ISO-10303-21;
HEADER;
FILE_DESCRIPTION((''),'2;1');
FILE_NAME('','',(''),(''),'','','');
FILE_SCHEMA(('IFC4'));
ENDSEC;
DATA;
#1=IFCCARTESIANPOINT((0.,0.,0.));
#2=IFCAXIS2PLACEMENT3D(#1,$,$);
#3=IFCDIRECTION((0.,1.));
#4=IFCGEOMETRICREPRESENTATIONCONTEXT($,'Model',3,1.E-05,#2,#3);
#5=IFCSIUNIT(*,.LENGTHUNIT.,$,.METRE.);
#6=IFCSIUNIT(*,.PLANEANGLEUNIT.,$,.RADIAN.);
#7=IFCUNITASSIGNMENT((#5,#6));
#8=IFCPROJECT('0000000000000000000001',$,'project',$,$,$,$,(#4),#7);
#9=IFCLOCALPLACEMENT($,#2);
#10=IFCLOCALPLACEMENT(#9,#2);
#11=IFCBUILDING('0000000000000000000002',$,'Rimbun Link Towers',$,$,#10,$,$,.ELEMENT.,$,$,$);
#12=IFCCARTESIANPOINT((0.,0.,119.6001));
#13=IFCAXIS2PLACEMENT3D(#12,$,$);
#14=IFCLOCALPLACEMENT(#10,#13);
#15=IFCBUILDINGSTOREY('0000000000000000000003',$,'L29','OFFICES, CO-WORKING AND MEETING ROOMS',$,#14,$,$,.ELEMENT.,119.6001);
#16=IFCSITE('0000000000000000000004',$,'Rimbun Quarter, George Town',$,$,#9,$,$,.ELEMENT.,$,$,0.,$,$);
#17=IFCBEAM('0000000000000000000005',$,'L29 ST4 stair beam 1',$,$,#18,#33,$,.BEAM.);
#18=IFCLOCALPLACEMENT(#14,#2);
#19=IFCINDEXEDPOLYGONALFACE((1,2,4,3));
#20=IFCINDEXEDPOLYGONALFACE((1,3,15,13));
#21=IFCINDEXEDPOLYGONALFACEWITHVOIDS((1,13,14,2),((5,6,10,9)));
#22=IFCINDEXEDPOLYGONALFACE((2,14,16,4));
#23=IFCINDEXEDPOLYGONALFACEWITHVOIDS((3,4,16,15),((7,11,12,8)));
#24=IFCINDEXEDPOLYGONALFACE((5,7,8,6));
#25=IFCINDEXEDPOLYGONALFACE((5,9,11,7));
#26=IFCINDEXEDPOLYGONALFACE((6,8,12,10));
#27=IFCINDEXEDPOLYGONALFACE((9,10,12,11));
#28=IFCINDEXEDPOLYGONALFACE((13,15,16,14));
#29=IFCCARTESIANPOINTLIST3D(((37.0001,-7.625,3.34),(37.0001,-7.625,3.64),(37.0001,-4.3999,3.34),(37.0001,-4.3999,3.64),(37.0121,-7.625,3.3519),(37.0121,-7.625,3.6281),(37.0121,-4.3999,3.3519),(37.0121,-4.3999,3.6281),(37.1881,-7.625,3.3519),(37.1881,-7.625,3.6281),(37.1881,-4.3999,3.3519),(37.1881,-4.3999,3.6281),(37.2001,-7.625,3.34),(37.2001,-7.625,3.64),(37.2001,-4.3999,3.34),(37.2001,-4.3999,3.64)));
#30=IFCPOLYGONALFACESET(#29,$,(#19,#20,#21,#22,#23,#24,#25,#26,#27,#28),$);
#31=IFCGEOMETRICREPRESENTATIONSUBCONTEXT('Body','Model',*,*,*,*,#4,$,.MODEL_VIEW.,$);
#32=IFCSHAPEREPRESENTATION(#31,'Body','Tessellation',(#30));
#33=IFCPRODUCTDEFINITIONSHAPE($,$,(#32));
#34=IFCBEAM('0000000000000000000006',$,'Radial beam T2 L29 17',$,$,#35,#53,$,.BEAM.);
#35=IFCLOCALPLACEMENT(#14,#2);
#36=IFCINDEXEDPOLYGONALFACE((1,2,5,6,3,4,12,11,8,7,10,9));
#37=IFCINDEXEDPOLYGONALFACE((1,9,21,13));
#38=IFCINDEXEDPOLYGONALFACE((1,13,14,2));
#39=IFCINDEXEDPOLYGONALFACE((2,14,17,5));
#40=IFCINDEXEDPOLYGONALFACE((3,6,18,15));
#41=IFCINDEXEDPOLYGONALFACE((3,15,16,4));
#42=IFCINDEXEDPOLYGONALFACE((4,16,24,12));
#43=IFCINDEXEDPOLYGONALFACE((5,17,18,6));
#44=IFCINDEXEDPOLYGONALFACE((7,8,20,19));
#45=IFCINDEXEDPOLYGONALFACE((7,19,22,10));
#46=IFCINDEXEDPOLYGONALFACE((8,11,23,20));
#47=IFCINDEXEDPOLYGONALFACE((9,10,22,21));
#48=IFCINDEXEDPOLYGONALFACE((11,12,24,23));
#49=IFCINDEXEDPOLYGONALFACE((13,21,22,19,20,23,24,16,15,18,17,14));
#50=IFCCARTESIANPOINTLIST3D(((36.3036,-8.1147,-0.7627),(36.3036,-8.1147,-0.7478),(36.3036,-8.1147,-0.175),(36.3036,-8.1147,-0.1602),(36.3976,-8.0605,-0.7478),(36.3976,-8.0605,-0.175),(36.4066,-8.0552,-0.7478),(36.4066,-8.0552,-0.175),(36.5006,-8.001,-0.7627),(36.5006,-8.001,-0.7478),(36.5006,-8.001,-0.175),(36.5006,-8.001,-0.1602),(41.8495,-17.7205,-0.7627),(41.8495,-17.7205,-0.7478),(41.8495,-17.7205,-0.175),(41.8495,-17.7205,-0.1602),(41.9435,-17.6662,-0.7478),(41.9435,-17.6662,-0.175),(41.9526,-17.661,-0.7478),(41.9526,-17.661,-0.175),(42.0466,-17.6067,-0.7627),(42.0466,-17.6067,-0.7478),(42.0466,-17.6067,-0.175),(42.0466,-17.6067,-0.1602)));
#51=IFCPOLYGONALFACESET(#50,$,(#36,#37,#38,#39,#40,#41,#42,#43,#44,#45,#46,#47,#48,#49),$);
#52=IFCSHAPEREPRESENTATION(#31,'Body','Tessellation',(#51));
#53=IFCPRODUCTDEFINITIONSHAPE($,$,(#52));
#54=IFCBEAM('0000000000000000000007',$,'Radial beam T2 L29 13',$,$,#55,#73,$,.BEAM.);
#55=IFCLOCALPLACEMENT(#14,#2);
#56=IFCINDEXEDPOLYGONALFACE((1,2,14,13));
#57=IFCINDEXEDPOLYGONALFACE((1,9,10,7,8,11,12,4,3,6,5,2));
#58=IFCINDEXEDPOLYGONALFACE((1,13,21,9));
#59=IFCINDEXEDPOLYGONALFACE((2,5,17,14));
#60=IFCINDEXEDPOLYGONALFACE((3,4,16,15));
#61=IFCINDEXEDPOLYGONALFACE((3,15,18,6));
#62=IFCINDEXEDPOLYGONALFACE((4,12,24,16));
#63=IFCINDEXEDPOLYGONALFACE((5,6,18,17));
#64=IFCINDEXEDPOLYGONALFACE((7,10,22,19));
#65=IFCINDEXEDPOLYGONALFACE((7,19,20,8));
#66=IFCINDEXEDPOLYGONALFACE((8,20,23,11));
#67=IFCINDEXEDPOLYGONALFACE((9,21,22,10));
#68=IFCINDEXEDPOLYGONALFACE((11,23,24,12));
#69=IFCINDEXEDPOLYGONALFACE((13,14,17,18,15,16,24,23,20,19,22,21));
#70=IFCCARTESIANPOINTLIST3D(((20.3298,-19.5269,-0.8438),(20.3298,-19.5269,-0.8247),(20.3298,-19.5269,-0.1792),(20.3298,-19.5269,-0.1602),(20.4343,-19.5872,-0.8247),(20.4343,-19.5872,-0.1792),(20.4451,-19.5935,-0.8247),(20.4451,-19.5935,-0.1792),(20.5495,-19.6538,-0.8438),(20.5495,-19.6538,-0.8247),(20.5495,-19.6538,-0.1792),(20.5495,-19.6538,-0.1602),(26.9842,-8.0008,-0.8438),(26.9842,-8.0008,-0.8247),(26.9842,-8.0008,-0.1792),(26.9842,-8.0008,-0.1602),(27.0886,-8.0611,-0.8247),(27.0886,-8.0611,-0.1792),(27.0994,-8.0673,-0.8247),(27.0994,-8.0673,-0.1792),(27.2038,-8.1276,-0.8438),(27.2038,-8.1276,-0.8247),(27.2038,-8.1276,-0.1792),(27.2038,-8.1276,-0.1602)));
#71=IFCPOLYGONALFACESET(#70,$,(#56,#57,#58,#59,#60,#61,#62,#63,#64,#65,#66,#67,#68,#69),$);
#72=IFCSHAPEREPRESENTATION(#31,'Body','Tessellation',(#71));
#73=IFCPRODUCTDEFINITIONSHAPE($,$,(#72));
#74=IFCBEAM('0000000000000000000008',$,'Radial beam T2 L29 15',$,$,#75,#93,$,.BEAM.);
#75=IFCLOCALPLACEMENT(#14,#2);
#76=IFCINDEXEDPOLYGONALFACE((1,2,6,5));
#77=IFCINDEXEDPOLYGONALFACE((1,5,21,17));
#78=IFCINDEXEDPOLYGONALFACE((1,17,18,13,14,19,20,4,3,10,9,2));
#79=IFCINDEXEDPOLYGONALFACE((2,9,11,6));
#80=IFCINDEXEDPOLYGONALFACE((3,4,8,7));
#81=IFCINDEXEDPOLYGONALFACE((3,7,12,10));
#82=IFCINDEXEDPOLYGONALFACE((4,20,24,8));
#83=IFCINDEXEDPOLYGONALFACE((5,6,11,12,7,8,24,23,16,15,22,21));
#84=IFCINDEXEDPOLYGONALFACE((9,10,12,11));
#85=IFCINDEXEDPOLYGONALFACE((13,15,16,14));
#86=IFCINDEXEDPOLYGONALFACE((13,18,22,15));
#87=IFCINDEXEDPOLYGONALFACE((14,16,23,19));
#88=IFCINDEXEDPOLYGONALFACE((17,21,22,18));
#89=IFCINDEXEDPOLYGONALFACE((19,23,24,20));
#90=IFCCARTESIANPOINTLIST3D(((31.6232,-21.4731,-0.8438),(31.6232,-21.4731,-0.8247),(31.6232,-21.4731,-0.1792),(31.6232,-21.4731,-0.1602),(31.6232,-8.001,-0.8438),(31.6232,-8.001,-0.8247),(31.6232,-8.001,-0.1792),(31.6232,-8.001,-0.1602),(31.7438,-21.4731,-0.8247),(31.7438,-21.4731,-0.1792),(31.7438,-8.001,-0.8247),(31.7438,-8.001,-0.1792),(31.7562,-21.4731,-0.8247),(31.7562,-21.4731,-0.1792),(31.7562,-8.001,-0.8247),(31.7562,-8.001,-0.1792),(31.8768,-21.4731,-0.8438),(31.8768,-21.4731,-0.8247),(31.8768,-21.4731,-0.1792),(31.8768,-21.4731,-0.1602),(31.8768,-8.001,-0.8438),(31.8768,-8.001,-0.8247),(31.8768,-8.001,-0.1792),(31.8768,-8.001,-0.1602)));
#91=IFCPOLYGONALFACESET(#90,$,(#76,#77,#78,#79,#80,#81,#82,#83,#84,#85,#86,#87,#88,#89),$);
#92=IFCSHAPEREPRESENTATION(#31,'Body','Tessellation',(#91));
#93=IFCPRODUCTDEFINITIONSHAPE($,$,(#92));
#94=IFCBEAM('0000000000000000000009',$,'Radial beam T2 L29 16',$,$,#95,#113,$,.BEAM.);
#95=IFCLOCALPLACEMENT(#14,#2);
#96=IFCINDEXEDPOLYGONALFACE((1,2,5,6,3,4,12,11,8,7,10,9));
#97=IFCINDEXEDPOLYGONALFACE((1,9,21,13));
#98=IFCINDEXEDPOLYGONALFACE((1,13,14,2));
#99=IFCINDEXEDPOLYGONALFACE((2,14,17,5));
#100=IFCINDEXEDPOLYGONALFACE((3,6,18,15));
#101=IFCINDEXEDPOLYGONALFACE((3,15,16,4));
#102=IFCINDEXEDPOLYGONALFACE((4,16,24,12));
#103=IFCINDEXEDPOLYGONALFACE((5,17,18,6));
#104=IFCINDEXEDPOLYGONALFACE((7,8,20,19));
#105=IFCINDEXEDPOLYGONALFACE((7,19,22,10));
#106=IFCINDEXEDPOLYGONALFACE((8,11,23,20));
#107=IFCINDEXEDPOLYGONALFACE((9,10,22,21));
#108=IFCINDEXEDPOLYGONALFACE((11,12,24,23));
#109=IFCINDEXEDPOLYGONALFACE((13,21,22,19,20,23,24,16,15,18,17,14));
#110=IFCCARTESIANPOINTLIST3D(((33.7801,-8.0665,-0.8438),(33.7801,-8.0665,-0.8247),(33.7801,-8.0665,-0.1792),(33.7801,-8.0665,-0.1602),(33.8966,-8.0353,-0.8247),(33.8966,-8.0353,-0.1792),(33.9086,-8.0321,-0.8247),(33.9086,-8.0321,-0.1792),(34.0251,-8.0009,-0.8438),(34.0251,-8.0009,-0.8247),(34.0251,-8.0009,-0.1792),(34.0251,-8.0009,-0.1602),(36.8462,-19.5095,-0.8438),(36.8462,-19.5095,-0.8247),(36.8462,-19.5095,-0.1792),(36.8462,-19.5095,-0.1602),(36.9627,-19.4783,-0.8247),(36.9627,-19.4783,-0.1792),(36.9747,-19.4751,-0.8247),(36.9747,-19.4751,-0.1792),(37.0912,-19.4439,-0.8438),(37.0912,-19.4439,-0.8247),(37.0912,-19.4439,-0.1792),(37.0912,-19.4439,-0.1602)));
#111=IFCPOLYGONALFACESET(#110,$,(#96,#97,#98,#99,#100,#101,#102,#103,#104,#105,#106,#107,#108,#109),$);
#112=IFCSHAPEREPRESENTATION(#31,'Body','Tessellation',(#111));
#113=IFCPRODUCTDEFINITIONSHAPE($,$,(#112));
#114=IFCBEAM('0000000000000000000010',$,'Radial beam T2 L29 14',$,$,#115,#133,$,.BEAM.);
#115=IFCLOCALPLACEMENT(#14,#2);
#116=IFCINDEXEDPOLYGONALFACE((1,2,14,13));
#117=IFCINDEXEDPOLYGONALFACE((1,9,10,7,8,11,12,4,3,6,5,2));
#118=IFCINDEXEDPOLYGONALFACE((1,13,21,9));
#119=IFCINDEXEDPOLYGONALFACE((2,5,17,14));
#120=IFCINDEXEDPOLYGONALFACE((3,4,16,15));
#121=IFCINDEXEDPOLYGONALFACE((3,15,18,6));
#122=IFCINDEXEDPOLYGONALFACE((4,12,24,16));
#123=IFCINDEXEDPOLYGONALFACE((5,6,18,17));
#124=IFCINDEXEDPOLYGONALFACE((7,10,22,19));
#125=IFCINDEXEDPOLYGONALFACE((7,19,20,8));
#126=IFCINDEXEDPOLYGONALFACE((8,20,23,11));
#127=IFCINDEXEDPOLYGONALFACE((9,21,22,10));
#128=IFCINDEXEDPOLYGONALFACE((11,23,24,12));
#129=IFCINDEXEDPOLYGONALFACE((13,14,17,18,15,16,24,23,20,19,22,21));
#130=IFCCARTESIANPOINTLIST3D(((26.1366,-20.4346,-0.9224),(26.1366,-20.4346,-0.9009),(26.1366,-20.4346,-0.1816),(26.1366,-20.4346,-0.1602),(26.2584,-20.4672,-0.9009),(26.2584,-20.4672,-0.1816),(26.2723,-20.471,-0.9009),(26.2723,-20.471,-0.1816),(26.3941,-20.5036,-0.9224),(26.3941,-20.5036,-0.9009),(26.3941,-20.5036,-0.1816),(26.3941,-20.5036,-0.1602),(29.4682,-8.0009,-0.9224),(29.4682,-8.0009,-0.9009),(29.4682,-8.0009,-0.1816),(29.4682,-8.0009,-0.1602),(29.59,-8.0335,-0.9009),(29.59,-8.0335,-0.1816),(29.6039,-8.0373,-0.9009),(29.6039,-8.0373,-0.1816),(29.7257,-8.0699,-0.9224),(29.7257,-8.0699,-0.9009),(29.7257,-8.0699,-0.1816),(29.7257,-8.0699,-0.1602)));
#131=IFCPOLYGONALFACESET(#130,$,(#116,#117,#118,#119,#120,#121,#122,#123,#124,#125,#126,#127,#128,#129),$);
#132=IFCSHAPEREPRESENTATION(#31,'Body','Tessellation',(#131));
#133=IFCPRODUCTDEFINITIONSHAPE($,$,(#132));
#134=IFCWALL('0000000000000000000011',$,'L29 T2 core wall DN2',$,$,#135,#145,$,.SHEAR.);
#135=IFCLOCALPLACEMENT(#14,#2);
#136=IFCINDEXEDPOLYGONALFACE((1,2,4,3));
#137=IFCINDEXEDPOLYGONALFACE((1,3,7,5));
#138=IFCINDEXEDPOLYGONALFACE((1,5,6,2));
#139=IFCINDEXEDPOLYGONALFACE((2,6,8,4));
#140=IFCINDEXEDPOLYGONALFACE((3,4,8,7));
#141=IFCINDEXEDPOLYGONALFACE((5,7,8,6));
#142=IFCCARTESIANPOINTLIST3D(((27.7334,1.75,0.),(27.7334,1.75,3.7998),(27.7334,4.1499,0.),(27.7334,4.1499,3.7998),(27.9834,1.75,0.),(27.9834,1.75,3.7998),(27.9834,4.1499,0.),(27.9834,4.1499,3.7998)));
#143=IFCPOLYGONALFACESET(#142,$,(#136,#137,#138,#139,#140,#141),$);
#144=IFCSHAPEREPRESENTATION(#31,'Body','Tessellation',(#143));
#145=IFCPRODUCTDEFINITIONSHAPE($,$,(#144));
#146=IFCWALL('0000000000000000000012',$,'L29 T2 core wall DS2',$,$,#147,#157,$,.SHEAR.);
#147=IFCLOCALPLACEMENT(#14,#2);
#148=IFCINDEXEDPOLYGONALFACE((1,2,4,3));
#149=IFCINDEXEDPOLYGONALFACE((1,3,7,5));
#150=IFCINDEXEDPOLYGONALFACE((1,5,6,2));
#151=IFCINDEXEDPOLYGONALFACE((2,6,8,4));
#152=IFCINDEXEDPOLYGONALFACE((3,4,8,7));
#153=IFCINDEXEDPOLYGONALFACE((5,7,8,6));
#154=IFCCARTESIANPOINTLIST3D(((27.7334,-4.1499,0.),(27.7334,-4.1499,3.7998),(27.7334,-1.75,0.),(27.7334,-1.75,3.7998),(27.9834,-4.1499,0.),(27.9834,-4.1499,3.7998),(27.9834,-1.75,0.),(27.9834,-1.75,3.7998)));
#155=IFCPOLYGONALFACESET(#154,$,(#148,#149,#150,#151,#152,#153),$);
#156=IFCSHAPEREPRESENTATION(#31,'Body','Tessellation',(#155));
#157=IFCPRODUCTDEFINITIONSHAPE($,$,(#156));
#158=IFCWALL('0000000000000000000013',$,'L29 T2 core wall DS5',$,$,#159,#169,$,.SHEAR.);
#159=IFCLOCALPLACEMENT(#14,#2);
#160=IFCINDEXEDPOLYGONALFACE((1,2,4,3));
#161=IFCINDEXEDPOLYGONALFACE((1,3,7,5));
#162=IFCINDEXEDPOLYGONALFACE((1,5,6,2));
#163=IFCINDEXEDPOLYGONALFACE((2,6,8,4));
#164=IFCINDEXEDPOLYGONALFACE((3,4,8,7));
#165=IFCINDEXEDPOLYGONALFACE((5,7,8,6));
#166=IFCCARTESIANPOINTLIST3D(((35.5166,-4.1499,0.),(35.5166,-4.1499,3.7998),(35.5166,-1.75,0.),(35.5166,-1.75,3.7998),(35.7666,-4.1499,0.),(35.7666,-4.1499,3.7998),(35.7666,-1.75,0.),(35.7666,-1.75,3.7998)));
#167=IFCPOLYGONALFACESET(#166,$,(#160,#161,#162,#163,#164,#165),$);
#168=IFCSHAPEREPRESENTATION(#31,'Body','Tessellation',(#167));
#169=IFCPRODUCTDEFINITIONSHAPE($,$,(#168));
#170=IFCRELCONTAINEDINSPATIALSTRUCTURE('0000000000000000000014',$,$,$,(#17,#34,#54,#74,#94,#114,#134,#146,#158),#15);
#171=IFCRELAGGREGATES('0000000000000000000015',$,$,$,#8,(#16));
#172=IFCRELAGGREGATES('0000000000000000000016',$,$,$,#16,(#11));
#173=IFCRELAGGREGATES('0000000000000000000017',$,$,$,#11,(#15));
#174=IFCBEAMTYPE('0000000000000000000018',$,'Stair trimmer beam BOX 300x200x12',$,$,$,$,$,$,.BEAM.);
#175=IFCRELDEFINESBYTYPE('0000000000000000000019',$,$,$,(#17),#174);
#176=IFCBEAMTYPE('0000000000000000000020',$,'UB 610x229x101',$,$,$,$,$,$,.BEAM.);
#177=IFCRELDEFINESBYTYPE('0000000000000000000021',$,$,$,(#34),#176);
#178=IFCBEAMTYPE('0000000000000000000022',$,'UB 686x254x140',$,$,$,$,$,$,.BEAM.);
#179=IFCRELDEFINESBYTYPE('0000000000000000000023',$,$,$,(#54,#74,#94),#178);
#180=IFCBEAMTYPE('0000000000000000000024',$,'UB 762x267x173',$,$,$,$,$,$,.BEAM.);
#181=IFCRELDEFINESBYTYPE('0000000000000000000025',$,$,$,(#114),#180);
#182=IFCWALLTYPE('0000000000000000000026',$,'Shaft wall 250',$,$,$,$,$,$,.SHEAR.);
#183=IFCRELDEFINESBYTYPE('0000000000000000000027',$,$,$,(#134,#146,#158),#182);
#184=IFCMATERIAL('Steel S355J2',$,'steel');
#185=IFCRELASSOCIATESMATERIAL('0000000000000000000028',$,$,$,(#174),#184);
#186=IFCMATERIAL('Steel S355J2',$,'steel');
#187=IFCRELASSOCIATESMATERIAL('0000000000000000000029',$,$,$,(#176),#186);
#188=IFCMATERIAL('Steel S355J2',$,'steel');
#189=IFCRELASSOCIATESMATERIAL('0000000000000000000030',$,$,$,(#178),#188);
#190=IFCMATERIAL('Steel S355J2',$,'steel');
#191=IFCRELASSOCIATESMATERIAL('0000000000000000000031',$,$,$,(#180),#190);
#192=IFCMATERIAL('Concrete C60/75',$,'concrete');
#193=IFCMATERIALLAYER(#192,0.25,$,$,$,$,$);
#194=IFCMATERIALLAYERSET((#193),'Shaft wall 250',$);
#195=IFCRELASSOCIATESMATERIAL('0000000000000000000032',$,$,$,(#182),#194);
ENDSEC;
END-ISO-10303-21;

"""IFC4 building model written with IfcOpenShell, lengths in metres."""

from ifc_helpers import new_model, si_unit, direction, frame, frame_2d, origin, origin_2d, place, context, subcontext, project, spatial, rectangle, hollow_rectangle, i_section, extrude, material, layer, layer_set, material_profile, profile_set, type_object, element, save


model = new_model("IFC4")

# Units and contexts
model_context = context("Model", 3, precision=1e-05, world=origin(), true_north=direction((0.0, 1.0)))
body_context = subcontext(model_context, "Body", "Model", "MODEL_VIEW")
ifc_project = project(units=[si_unit("LENGTHUNIT", "METRE"), si_unit("PLANEANGLEUNIT", "RADIAN")], contexts=[model_context])

# Site, building, storey
site_placement = place(None, origin())
site = spatial("IfcSite", under=ifc_project, at=site_placement, Name="Rimbun Quarter, George Town", CompositionType="ELEMENT", RefElevation=0.0)
building_placement = place(site_placement, origin())
building = spatial("IfcBuilding", under=site, at=building_placement, Name="Rimbun Link Towers", CompositionType="ELEMENT")
storey_placement = place(building_placement, frame((0.0, 0.0, 119.6001)))
storey = spatial("IfcBuildingStorey", under=building, at=storey_placement, Name="L29", Description="OFFICES, CO-WORKING AND MEETING ROOMS", CompositionType="ELEMENT", Elevation=119.6001)

# Beams
ifc_material_1 = material(Name="Steel S355J2", Category="steel")
ifc_material_profile_1 = material_profile(ifc_material_1, hollow_rectangle(XDim=0.2, YDim=0.3, WallThickness=0.012, at=origin_2d()), Name="BOX 300x200x12")
ifc_profile_set_1 = profile_set([ifc_material_profile_1], Name="Steel S355J2")
beam_type_1 = type_object("IfcBeamType", Name="Stair trimmer beam BOX 300x200x12", PredefinedType="BEAM", material=ifc_profile_set_1)
beam_1_placement = place(storey_placement, frame((37.1001, -7.625, 3.49), z_axis=(0.0, 1.0, 0.0), x_axis=(-1.0, 0.0, 0.0)))
element("IfcBeam", 1, at=beam_1_placement, inside=storey, type_object=beam_type_1, Name="L29 ST4 stair beam 1", PredefinedType="BEAM", context=body_context, shape_type="SweptSolid", body=[
    extrude(hollow_rectangle(XDim=0.2, YDim=0.3, WallThickness=0.012, at=origin_2d()), origin(), (0.0, 0.0, 1.0), 3.2251),
])
ifc_material_2 = material(Name="Steel S355J2", Category="steel")
ifc_material_profile_2 = material_profile(ifc_material_2, i_section(OverallWidth=0.2275, OverallDepth=0.6025, WebThickness=0.0105, FlangeThickness=0.0149, at=origin_2d()), Name="UB 610x229x101")
ifc_profile_set_2 = profile_set([ifc_material_profile_2], Name="Steel S355J2")
beam_type_2 = type_object("IfcBeamType", Name="UB 610x229x101", PredefinedType="BEAM", material=ifc_profile_set_2)
beam_2_placement = place(storey_placement, frame((36.4021, -8.0579, -0.4614), z_axis=(0.500003, -0.866024, 0.0), x_axis=(0.866024, 0.500003, 0.0)))
element("IfcBeam", 2, at=beam_2_placement, inside=storey, type_object=beam_type_2, Name="Radial beam T2 L29 17", PredefinedType="BEAM", context=body_context, shape_type="SweptSolid", body=[
    extrude(i_section(OverallWidth=0.2275, OverallDepth=0.6025, WebThickness=0.0105, FlangeThickness=0.0149, at=origin_2d()), origin(), (0.0, 0.0, 1.0), 11.0918),
])
ifc_material_3 = material(Name="Steel S355J2", Category="steel")
ifc_material_profile_3 = material_profile(ifc_material_3, i_section(OverallWidth=0.2537, OverallDepth=0.6836, WebThickness=0.0125, FlangeThickness=0.019, at=origin_2d()), Name="UB 686x254x140")
ifc_profile_set_3 = profile_set([ifc_material_profile_3], Name="Steel S355J2")
beam_type_3 = type_object("IfcBeamType", Name="UB 686x254x140", PredefinedType="BEAM", material=ifc_profile_set_3)
beam_3_placement = place(storey_placement, frame((27.094, -8.0642, -0.502), z_axis=(-0.499982, -0.866036, 0.0), x_axis=(0.866036, -0.499982, 0.0)))
element("IfcBeam", 3, at=beam_3_placement, inside=storey, type_object=beam_type_3, Name="Radial beam T2 L29 13", PredefinedType="BEAM", context=body_context, shape_type="SweptSolid", body=[
    extrude(i_section(OverallWidth=0.2537, OverallDepth=0.6836, WebThickness=0.0125, FlangeThickness=0.019, at=origin_2d()), origin(), (0.0, 0.0, 1.0), 13.3091),
])
beam_4_placement = place(storey_placement, frame((31.75, -8.001, -0.502), z_axis=(0.0, -1.0, 0.0), x_axis=(1.0, 0.0, 0.0)))
element("IfcBeam", 4, at=beam_4_placement, inside=storey, type_object=beam_type_3, Name="Radial beam T2 L29 15", PredefinedType="BEAM", context=body_context, shape_type="SweptSolid", body=[
    extrude(i_section(OverallWidth=0.2537, OverallDepth=0.6836, WebThickness=0.0125, FlangeThickness=0.019, at=origin_2d()), origin(), (0.0, 0.0, 1.0), 13.4722),
])
beam_5_placement = place(storey_placement, frame((33.9026, -8.0337, -0.502), z_axis=(0.258818, -0.965926, 0.0), x_axis=(0.965926, 0.258818, 0.0)))
element("IfcBeam", 5, at=beam_5_placement, inside=storey, type_object=beam_type_3, Name="Radial beam T2 L29 16", PredefinedType="BEAM", context=body_context, shape_type="SweptSolid", body=[
    extrude(i_section(OverallWidth=0.2537, OverallDepth=0.6836, WebThickness=0.0125, FlangeThickness=0.019, at=origin_2d()), origin(), (0.0, 0.0, 1.0), 11.8467),
])
ifc_material_4 = material(Name="Steel S355J2", Category="steel")
ifc_material_profile_4 = material_profile(ifc_material_4, i_section(OverallWidth=0.2666, OverallDepth=0.7622, WebThickness=0.0144, FlangeThickness=0.0215, at=origin_2d()), Name="UB 762x267x173")
ifc_profile_set_4 = profile_set([ifc_material_profile_4], Name="Steel S355J2")
beam_type_4 = type_object("IfcBeamType", Name="UB 762x267x173", PredefinedType="BEAM", material=ifc_profile_set_4)
beam_6_placement = place(storey_placement, frame((29.5969, -8.0354, -0.5413), z_axis=(-0.258817, -0.965926, 0.0), x_axis=(0.965926, -0.258817, 0.0)))
element("IfcBeam", 6, at=beam_6_placement, inside=storey, type_object=beam_type_4, Name="Radial beam T2 L29 14", PredefinedType="BEAM", context=body_context, shape_type="SweptSolid", body=[
    extrude(i_section(OverallWidth=0.2666, OverallDepth=0.7622, WebThickness=0.0144, FlangeThickness=0.0215, at=origin_2d()), origin(), (0.0, 0.0, 1.0), 12.8723),
])

# Walls
ifc_material_5 = material(Name="Concrete C60/75", Category="concrete")
ifc_layer = layer(ifc_material_5, 0.25)
ifc_layer_set = layer_set([ifc_layer], Name="Shaft wall 250")
wall_type = type_object("IfcWallType", Name="Shaft wall 250", PredefinedType="SHEAR", material=ifc_layer_set)
for number, where, z_axis, x_axis, name in (
    (7, (27.8584, 1.75, 0.0), (0.0, 0.0, 1.0), (0.0, 1.0, 0.0), "L29 T2 core wall DN2"),
    (8, (27.8584, -4.1499, 0.0), (0.0, 0.0, 1.0), (0.0, 1.0, 0.0), "L29 T2 core wall DS2"),
    (9, (35.6416, -4.1499, 0.0), (0.0, 0.0, 1.0), (0.0, 1.0, 0.0), "L29 T2 core wall DS5"),
):
    element("IfcWall", number, at=place(storey_placement, frame(where, z_axis=z_axis, x_axis=x_axis)), inside=storey, type_object=wall_type, Name=name, PredefinedType="SHEAR", context=body_context, shape_type="SweptSolid", body=[
        extrude(rectangle(XDim=2.3999, YDim=0.25, at=frame_2d((1.2, 0.0))), origin(), (0.0, 0.0, 1.0), 3.7998),
    ])

save(model, "model.ifc")
